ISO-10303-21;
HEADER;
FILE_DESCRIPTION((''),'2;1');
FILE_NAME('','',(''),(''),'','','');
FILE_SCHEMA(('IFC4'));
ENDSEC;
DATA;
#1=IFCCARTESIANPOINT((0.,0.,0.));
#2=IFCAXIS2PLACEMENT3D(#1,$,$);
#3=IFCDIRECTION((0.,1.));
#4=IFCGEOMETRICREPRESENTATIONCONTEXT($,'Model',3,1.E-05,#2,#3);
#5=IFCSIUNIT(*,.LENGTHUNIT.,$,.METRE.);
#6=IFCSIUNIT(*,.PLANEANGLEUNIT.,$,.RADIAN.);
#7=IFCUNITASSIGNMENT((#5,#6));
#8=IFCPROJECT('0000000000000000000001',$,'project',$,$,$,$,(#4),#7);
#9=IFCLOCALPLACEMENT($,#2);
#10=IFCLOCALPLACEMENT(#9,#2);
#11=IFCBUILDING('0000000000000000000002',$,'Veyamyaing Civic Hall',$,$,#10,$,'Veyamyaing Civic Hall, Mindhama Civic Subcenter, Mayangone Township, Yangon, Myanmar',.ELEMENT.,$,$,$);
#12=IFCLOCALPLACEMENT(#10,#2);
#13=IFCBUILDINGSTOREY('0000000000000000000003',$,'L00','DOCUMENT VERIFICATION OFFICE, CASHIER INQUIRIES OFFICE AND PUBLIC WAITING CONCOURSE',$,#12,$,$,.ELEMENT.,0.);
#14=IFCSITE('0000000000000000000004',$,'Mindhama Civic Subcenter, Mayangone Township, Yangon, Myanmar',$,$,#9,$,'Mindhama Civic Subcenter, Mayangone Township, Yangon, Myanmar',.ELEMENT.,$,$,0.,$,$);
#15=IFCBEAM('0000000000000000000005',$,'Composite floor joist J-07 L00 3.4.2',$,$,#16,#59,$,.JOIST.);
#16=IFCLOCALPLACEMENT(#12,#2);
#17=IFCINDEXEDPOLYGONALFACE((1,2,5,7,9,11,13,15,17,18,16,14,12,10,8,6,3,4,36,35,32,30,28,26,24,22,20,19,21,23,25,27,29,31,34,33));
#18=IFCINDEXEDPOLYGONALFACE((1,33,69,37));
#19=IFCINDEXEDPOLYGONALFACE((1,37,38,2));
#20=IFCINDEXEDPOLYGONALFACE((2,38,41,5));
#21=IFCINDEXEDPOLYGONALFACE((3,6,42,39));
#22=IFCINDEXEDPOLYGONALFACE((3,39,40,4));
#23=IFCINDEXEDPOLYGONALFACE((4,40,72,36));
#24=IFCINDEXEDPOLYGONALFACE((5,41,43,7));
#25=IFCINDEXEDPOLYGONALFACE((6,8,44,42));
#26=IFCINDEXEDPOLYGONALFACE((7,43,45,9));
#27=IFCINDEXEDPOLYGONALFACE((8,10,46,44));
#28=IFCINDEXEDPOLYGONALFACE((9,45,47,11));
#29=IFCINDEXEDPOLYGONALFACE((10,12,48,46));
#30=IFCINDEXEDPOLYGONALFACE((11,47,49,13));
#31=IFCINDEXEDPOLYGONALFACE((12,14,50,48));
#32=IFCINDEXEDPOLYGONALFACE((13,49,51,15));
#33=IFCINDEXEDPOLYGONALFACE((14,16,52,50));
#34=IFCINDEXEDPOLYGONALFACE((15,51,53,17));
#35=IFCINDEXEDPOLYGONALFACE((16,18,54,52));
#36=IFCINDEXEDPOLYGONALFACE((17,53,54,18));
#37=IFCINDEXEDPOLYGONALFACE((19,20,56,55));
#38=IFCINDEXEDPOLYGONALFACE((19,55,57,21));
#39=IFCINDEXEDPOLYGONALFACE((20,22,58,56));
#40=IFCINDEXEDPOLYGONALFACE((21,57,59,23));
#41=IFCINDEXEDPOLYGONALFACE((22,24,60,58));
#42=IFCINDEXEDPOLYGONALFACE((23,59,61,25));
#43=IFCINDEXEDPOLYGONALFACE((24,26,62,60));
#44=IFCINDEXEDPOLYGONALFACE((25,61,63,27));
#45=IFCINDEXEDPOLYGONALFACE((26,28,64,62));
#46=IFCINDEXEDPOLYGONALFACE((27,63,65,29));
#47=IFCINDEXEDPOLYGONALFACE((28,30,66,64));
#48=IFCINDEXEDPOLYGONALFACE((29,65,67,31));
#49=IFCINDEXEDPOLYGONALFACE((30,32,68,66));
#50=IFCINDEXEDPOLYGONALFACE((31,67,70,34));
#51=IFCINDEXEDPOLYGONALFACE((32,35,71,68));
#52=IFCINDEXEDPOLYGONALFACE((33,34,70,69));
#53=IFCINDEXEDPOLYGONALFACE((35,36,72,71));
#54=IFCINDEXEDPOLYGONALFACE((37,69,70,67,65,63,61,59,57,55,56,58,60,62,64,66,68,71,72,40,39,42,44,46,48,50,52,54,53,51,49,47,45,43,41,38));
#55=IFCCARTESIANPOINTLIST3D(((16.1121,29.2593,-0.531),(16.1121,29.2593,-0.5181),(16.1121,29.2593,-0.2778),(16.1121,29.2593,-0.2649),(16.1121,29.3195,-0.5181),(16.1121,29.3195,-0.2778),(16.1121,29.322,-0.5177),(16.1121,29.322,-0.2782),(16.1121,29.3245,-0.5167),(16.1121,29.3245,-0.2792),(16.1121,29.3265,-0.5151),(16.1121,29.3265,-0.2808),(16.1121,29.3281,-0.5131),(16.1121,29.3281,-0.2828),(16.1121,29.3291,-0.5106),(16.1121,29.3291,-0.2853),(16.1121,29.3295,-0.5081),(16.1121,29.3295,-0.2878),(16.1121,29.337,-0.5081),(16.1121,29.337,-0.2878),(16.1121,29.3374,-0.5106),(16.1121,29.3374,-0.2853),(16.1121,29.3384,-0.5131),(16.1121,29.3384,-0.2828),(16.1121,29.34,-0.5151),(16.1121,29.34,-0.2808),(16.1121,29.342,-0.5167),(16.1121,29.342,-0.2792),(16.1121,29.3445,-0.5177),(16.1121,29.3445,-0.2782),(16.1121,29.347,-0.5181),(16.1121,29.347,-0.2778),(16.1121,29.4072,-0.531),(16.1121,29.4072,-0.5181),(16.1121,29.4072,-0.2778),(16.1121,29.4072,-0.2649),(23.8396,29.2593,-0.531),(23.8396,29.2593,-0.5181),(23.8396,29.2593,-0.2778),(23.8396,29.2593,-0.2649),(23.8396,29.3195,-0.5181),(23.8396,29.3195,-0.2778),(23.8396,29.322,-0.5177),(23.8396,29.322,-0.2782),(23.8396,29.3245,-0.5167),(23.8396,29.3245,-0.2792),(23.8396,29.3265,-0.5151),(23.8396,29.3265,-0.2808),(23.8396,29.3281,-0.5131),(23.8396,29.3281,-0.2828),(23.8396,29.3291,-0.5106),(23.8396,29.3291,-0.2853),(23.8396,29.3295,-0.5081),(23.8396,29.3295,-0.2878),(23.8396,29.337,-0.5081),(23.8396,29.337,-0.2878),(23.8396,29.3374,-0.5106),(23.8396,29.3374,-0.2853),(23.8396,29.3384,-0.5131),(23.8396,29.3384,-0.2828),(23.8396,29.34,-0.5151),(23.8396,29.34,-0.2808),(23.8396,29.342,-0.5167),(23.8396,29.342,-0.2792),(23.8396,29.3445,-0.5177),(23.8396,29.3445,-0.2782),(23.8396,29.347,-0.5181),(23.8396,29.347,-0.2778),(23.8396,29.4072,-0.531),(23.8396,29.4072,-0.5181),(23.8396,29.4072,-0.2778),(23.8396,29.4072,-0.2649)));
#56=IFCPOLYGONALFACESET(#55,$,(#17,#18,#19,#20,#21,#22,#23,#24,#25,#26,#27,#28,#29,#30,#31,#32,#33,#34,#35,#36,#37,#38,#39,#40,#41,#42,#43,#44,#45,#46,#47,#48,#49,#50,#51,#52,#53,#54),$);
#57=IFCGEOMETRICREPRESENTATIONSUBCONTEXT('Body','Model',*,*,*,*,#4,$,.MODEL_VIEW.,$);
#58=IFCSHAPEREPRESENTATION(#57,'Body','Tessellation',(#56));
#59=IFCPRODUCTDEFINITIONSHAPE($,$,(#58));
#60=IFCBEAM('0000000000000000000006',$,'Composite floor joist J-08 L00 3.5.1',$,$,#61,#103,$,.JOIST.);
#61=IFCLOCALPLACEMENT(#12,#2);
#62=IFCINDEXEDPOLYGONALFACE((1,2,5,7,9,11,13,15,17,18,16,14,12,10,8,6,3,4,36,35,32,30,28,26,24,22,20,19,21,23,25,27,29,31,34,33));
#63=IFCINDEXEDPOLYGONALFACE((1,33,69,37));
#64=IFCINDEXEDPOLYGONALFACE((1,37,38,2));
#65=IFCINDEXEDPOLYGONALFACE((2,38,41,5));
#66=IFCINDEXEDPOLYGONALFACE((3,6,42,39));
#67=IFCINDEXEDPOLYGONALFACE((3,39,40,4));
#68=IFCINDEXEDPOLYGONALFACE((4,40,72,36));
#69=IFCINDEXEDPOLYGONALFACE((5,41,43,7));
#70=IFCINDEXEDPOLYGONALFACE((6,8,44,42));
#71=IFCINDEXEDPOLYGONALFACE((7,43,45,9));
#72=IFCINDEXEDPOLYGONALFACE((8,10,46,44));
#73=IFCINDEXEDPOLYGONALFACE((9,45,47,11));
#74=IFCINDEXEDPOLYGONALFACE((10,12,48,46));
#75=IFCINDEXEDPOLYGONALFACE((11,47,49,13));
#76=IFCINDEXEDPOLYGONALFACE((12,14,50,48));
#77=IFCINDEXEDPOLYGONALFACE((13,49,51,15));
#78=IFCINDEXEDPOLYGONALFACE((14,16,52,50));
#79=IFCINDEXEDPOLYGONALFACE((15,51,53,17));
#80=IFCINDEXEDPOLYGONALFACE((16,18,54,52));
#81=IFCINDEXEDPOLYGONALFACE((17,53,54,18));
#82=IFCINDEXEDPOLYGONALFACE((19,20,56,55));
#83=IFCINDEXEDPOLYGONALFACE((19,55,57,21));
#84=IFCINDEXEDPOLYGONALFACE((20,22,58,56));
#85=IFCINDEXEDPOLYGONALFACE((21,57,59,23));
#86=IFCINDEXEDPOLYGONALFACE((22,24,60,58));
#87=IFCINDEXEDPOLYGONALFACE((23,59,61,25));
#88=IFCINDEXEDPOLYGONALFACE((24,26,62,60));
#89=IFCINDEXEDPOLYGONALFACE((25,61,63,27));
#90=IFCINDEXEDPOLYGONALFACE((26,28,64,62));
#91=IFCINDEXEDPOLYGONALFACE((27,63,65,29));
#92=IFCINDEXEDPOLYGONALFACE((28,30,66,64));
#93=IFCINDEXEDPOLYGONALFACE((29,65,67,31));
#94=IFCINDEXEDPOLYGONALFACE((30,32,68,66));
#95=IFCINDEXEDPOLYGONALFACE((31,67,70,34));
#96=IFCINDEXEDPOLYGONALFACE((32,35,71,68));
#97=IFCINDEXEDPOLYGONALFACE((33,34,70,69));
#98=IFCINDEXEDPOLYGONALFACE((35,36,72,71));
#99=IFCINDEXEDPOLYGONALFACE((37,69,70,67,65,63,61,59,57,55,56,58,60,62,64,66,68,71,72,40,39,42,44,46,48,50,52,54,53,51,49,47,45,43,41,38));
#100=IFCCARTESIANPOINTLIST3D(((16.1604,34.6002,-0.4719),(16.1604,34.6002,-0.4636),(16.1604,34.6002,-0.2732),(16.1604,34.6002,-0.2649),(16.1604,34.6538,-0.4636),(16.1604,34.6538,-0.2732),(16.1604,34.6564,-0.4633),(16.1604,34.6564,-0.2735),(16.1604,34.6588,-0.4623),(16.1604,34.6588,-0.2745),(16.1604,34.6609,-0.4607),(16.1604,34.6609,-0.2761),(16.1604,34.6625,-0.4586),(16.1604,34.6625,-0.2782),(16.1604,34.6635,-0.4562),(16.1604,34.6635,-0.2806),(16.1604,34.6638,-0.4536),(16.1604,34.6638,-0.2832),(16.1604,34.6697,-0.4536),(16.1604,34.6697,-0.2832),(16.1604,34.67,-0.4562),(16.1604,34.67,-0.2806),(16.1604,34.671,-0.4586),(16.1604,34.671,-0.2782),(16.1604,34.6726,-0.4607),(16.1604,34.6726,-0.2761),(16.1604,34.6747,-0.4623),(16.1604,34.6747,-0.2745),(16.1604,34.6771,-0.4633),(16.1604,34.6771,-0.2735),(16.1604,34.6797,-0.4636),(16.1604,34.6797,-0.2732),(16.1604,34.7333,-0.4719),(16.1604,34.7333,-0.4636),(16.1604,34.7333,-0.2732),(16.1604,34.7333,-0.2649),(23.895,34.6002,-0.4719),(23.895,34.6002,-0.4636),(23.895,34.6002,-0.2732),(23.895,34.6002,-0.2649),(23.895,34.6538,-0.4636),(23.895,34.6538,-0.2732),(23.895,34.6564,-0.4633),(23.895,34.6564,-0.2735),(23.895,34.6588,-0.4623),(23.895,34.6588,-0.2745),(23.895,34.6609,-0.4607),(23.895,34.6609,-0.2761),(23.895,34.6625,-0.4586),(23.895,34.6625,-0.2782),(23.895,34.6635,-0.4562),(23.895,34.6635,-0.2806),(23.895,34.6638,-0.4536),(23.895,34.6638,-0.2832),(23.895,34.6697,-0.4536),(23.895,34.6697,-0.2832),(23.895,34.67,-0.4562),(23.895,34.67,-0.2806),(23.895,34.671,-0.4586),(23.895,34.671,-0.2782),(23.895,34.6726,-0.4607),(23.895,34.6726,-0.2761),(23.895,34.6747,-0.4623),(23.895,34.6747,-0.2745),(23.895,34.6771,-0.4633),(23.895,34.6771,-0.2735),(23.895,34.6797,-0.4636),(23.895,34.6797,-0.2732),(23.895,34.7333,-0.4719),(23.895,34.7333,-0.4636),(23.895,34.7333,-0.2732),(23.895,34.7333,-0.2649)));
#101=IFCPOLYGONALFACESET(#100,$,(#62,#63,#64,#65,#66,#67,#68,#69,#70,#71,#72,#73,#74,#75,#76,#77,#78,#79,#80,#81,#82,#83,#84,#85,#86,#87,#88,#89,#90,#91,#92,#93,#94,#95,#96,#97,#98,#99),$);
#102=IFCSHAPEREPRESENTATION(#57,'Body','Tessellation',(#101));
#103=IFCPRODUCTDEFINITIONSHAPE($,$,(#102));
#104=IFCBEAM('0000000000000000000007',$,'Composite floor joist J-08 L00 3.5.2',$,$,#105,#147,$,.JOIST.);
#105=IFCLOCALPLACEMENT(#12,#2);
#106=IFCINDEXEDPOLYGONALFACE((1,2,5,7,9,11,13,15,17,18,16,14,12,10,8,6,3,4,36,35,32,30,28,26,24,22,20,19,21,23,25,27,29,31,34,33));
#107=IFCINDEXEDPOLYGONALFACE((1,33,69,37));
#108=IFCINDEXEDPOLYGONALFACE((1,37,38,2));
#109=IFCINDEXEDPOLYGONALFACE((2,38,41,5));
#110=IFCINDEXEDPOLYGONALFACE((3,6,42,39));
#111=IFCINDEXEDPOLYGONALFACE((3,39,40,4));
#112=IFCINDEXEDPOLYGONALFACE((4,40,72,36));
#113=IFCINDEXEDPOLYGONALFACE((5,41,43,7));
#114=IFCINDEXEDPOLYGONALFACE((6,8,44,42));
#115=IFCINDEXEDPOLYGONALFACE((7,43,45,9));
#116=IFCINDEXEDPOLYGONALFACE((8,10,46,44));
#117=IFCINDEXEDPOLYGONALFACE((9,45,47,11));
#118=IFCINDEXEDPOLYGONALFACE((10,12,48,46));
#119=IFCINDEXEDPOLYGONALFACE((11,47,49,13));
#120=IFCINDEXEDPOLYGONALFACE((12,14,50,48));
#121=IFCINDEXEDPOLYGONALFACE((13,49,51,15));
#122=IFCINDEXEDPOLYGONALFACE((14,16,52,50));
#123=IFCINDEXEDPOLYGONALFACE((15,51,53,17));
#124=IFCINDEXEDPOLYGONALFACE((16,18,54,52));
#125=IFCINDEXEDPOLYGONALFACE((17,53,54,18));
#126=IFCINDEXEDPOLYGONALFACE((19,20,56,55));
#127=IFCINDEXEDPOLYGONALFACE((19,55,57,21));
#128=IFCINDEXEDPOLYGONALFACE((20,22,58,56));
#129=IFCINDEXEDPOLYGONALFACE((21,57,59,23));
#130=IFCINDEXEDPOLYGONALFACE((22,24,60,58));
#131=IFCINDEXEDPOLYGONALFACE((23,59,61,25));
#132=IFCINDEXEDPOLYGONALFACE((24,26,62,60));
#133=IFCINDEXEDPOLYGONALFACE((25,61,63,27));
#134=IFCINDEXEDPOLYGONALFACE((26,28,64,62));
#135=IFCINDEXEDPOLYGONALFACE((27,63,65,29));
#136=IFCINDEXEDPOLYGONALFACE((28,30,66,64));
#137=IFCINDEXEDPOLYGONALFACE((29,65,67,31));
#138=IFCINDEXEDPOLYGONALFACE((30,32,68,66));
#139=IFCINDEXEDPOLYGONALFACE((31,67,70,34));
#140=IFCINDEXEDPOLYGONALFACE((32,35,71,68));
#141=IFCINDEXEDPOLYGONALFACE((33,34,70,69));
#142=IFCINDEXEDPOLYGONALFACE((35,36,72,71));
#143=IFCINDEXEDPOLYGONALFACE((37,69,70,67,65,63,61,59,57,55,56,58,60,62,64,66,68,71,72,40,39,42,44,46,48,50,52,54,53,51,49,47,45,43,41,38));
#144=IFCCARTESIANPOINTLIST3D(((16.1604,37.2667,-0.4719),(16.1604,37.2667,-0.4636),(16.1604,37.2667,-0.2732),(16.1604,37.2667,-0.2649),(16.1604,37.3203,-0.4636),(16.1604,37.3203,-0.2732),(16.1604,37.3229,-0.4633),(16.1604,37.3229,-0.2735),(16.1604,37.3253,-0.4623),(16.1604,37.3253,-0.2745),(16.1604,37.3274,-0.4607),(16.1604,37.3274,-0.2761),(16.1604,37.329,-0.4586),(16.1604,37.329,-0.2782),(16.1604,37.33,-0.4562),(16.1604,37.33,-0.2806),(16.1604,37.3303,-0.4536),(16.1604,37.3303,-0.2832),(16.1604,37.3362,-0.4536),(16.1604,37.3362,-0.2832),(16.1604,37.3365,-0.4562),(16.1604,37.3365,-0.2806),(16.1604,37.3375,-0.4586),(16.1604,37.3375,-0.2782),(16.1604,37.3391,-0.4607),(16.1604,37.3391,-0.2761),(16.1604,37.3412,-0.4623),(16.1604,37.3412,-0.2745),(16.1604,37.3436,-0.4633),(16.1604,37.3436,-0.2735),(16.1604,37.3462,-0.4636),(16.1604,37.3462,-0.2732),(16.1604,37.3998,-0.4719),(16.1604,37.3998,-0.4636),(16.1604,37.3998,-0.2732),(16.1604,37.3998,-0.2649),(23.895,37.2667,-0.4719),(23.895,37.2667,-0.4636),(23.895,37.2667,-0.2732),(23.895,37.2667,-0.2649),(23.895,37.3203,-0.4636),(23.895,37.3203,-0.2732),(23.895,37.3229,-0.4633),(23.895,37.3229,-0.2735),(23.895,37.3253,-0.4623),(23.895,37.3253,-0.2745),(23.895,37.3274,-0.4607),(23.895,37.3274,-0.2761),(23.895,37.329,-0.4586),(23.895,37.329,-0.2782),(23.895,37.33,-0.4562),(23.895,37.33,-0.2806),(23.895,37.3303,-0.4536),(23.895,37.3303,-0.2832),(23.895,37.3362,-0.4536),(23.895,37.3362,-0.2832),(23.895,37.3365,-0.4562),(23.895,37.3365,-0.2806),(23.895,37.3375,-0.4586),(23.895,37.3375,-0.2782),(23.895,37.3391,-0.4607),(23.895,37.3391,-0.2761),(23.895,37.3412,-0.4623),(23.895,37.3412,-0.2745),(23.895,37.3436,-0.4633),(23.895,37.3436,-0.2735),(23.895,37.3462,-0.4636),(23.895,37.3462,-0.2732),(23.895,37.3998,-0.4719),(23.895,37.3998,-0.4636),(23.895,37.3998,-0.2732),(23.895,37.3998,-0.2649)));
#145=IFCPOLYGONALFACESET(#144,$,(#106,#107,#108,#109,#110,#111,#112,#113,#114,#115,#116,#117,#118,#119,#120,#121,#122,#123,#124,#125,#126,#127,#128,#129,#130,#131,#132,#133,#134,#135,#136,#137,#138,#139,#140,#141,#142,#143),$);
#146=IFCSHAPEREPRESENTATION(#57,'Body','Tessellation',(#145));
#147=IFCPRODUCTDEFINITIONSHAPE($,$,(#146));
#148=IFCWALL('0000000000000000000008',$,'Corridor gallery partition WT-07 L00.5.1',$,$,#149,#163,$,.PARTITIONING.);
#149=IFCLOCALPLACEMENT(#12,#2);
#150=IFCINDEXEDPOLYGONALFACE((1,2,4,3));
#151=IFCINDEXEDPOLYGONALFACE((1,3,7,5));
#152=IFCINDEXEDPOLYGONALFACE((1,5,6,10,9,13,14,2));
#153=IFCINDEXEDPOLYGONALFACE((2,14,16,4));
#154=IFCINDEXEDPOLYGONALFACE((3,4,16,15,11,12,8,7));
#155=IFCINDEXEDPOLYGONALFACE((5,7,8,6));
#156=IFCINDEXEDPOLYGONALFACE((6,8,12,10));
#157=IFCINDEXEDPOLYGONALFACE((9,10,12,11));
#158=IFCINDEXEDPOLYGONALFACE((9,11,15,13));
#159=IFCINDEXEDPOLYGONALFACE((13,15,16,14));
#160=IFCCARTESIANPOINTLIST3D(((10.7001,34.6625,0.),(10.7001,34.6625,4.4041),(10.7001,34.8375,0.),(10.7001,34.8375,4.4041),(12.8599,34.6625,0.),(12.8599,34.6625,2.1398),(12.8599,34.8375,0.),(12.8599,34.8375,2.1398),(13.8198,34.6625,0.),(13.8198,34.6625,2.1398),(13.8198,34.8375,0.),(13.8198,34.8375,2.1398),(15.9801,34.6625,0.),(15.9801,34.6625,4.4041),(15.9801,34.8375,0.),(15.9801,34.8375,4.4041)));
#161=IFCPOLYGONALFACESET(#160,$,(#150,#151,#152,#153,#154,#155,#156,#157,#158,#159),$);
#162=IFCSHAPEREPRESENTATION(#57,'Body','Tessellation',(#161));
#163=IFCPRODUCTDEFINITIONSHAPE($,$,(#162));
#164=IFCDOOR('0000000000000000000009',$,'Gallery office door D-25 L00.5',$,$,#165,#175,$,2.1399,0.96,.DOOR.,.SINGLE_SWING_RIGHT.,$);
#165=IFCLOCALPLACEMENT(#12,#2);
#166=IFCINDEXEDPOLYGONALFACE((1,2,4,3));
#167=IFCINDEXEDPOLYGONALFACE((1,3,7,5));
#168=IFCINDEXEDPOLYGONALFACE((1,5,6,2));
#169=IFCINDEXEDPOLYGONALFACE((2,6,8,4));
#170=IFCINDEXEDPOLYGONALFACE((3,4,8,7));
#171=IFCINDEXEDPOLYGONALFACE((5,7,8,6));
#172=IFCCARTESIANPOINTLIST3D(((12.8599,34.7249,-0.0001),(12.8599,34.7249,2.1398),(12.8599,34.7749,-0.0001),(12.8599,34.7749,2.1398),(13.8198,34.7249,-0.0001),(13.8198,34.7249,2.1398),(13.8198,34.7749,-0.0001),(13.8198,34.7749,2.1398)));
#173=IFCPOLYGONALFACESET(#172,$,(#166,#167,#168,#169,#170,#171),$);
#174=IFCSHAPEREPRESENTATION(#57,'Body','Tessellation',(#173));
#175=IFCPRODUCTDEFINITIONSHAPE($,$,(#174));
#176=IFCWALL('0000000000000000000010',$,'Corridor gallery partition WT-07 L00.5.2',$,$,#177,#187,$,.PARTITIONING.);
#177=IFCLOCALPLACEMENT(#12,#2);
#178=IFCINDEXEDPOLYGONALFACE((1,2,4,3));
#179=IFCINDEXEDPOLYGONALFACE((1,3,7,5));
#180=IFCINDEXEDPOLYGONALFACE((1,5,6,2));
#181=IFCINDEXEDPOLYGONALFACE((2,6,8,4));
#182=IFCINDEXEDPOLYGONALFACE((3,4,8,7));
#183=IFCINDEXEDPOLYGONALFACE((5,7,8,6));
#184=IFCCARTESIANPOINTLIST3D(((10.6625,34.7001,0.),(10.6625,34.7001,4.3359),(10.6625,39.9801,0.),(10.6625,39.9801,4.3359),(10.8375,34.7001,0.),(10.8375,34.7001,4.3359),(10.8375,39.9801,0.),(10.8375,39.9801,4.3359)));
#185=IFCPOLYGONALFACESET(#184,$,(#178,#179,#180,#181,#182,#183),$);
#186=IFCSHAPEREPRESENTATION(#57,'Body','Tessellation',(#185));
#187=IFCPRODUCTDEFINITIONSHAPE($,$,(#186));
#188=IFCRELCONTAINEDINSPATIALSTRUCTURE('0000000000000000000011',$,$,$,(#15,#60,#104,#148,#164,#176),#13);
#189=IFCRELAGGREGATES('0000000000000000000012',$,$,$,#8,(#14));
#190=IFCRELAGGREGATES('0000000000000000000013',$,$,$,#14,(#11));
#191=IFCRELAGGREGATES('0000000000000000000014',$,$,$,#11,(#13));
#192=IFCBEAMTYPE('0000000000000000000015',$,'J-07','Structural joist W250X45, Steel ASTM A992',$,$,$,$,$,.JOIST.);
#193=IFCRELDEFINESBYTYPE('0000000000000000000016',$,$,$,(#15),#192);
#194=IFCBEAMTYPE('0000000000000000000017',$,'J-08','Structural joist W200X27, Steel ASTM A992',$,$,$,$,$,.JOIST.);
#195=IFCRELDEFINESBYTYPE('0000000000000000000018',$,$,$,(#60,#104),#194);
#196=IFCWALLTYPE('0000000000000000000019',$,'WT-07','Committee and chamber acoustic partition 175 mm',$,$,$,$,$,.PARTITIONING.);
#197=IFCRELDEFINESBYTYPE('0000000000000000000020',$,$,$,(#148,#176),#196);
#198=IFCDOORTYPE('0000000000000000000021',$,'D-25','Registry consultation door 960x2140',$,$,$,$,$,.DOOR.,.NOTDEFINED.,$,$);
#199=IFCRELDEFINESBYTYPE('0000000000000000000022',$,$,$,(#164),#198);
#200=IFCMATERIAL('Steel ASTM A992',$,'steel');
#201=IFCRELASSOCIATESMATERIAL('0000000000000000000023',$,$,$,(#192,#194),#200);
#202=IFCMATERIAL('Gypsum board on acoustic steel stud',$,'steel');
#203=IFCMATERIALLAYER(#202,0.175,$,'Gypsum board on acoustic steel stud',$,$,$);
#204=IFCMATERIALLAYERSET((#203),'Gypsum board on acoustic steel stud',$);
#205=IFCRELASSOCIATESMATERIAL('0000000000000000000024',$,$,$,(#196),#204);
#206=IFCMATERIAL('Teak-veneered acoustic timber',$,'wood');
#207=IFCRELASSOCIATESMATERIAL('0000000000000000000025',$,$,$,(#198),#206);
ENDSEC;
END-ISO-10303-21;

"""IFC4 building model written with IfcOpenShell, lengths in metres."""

from ifc_helpers import new_model, si_unit, direction, frame, frame_2d, origin, origin_2d, place, context, subcontext, project, spatial, rectangle, i_section, extrude, material, layer, layer_set, material_profile, profile_set, type_object, element, fill, save


model = new_model("IFC4")

# Units and contexts
model_context = context("Model", 3, precision=1e-05, world=origin(), true_north=direction((0.0, 1.0)))
body_context = subcontext(model_context, "Body", "Model", "MODEL_VIEW")
ifc_project = project(units=[si_unit("LENGTHUNIT", "METRE"), si_unit("PLANEANGLEUNIT", "RADIAN")], contexts=[model_context])

# Site, building, storey
site_placement = place(None, origin())
site = spatial("IfcSite", under=ifc_project, at=site_placement, Name="Mindhama Civic Subcenter, Mayangone Township, Yangon, Myanmar", LongName="Mindhama Civic Subcenter, Mayangone Township, Yangon, Myanmar", CompositionType="ELEMENT", RefElevation=0.0)
building_placement = place(site_placement, origin())
building = spatial("IfcBuilding", under=site, at=building_placement, Name="Veyamyaing Civic Hall", LongName="Veyamyaing Civic Hall, Mindhama Civic Subcenter, Mayangone Township, Yangon, Myanmar", CompositionType="ELEMENT")
storey_placement = place(building_placement, origin())
storey = spatial("IfcBuildingStorey", under=building, at=storey_placement, Name="L00", Description="DOCUMENT VERIFICATION OFFICE, CASHIER INQUIRIES OFFICE AND PUBLIC WAITING CONCOURSE", CompositionType="ELEMENT", Elevation=0.0)

# Beams
ifc_material_1 = material(Name="Steel ASTM A992", Category="steel")
ifc_material_profile_1 = material_profile(ifc_material_1, i_section(OverallWidth=0.1479, OverallDepth=0.2661, WebThickness=0.0076, FlangeThickness=0.0129, FilletRadius=0.01, at=origin_2d()), Name="W250X45")
ifc_profile_set_1 = profile_set([ifc_material_profile_1], Name="Steel ASTM A992")
beam_type_1 = type_object("IfcBeamType", Name="J-07", Description="Structural joist W250X45, Steel ASTM A992", PredefinedType="JOIST", material=ifc_profile_set_1)
for number, where, z_axis, x_axis, name in (
    (1, (16.1121, 29.3333, -0.3979), (1.0, 0.0, 0.0), (0.0, 1.0, 0.0), "Composite floor joist J-07 L00 3.4.2"),
):
    element("IfcBeam", number, at=place(storey_placement, frame(where, z_axis=z_axis, x_axis=x_axis)), inside=storey, type_object=beam_type_1, Name=name, PredefinedType="JOIST", context=body_context, shape_type="SweptSolid", body=[
        extrude(i_section(OverallWidth=0.1479, OverallDepth=0.2661, WebThickness=0.0076, FlangeThickness=0.0129, FilletRadius=0.01, at=origin_2d()), origin(), (0.0, 0.0, 1.0), 7.7275),
    ])
ifc_material_profile_2 = material_profile(ifc_material_1, i_section(OverallWidth=0.1331, OverallDepth=0.207, WebThickness=0.0059, FlangeThickness=0.0083, FilletRadius=0.01, at=origin_2d()), Name="W200X27")
ifc_profile_set_2 = profile_set([ifc_material_profile_2], Name="Steel ASTM A992")
beam_type_2 = type_object("IfcBeamType", Name="J-08", Description="Structural joist W200X27, Steel ASTM A992", PredefinedType="JOIST", material=ifc_profile_set_2)
for number, where, z_axis, x_axis, name in (
    (2, (16.1604, 34.6667, -0.3684), (1.0, 0.0, 0.0), (0.0, 1.0, 0.0), "Composite floor joist J-08 L00 3.5.1"),
    (3, (16.1604, 37.3333, -0.3684), (1.0, 0.0, 0.0), (0.0, 1.0, 0.0), "Composite floor joist J-08 L00 3.5.2"),
):
    element("IfcBeam", number, at=place(storey_placement, frame(where, z_axis=z_axis, x_axis=x_axis)), inside=storey, type_object=beam_type_2, Name=name, PredefinedType="JOIST", context=body_context, shape_type="SweptSolid", body=[
        extrude(i_section(OverallWidth=0.1331, OverallDepth=0.207, WebThickness=0.0059, FlangeThickness=0.0083, FilletRadius=0.01, at=origin_2d()), origin(), (0.0, 0.0, 1.0), 7.7346),
    ])

# Wall, opening, door
ifc_material_2 = material(Name="Gypsum board on acoustic steel stud", Category="steel")
ifc_layer_1 = layer(ifc_material_2, 0.175, Name="Gypsum board on acoustic steel stud")
ifc_layer_set_1 = layer_set([ifc_layer_1], Name="Gypsum board on acoustic steel stud")
wall_type_1 = type_object("IfcWallType", Name="WT-07", Description="Committee and chamber acoustic partition 175 mm", PredefinedType="PARTITIONING", material=ifc_layer_set_1)
wall_1_placement = place(storey_placement, frame((10.7, 34.75, 0.0), z_axis=(0.0, 0.0, 1.0), x_axis=(1.0, 0.0, 0.0)))
wall_1 = element("IfcWall", 4, at=wall_1_placement, inside=storey, type_object=wall_type_1, Name="Corridor gallery partition WT-07 L00.5.1", PredefinedType="PARTITIONING", context=body_context, shape_type="SweptSolid", body=[
    extrude(rectangle(XDim=5.28, YDim=0.175, at=frame_2d((2.6401, 0.0))), origin(), (0.0, 0.0, 1.0), 4.4041),
])
opening_1_placement = place(wall_1_placement, frame((2.1599, 0.0, 0.0)))
opening_1 = element("IfcOpeningElement", 5, at=opening_1_placement, cuts=wall_1, PredefinedType="OPENING", context=body_context, shape_type="SweptSolid", body=[
    extrude(rectangle(XDim=0.96, YDim=2.1399, at=frame_2d((0.48, 1.0698))), frame((0.0, 0.0974, 0.0), z_axis=(0.0, -1.0, 0.0), x_axis=(1.0, 0.0, 0.0)), (0.0, 0.0, 1.0), 0.1951),
])
ifc_material_3 = material(Name="Teak-veneered acoustic timber", Category="wood")
door_type_1 = type_object("IfcDoorType", Name="D-25", Description="Registry consultation door 960x2140", OperationType="NOTDEFINED", PredefinedType="DOOR", material=ifc_material_3)
door_1_placement = place(opening_1_placement, origin())
door_1 = element("IfcDoor", 6, at=door_1_placement, inside=storey, type_object=door_type_1, Name="Gallery office door D-25 L00.5", OperationType="SINGLE_SWING_RIGHT", OverallHeight=2.1399, OverallWidth=0.96, PredefinedType="DOOR", context=body_context, shape_type="SweptSolid", body=[
    extrude(rectangle(XDim=0.96, YDim=2.1399, at=frame_2d((0.48, 1.0698))), frame((0.0, 0.0249, 0.0), z_axis=(0.0, -1.0, 0.0), x_axis=(1.0, 0.0, 0.0)), (0.0, 0.0, 1.0), 0.05),
])
fill(opening_1, door_1)

# Wall
wall_2_placement = place(storey_placement, frame((10.75, 34.7, 0.0), z_axis=(0.0, 0.0, 1.0), x_axis=(0.0, 1.0, 0.0)))
element("IfcWall", 7, at=wall_2_placement, inside=storey, type_object=wall_type_1, Name="Corridor gallery partition WT-07 L00.5.2", PredefinedType="PARTITIONING", context=body_context, shape_type="SweptSolid", body=[
    extrude(rectangle(XDim=5.28, YDim=0.175, at=frame_2d((2.6401, 0.0))), origin(), (0.0, 0.0, 1.0), 4.3359),
])

save(model, "model.ifc")
